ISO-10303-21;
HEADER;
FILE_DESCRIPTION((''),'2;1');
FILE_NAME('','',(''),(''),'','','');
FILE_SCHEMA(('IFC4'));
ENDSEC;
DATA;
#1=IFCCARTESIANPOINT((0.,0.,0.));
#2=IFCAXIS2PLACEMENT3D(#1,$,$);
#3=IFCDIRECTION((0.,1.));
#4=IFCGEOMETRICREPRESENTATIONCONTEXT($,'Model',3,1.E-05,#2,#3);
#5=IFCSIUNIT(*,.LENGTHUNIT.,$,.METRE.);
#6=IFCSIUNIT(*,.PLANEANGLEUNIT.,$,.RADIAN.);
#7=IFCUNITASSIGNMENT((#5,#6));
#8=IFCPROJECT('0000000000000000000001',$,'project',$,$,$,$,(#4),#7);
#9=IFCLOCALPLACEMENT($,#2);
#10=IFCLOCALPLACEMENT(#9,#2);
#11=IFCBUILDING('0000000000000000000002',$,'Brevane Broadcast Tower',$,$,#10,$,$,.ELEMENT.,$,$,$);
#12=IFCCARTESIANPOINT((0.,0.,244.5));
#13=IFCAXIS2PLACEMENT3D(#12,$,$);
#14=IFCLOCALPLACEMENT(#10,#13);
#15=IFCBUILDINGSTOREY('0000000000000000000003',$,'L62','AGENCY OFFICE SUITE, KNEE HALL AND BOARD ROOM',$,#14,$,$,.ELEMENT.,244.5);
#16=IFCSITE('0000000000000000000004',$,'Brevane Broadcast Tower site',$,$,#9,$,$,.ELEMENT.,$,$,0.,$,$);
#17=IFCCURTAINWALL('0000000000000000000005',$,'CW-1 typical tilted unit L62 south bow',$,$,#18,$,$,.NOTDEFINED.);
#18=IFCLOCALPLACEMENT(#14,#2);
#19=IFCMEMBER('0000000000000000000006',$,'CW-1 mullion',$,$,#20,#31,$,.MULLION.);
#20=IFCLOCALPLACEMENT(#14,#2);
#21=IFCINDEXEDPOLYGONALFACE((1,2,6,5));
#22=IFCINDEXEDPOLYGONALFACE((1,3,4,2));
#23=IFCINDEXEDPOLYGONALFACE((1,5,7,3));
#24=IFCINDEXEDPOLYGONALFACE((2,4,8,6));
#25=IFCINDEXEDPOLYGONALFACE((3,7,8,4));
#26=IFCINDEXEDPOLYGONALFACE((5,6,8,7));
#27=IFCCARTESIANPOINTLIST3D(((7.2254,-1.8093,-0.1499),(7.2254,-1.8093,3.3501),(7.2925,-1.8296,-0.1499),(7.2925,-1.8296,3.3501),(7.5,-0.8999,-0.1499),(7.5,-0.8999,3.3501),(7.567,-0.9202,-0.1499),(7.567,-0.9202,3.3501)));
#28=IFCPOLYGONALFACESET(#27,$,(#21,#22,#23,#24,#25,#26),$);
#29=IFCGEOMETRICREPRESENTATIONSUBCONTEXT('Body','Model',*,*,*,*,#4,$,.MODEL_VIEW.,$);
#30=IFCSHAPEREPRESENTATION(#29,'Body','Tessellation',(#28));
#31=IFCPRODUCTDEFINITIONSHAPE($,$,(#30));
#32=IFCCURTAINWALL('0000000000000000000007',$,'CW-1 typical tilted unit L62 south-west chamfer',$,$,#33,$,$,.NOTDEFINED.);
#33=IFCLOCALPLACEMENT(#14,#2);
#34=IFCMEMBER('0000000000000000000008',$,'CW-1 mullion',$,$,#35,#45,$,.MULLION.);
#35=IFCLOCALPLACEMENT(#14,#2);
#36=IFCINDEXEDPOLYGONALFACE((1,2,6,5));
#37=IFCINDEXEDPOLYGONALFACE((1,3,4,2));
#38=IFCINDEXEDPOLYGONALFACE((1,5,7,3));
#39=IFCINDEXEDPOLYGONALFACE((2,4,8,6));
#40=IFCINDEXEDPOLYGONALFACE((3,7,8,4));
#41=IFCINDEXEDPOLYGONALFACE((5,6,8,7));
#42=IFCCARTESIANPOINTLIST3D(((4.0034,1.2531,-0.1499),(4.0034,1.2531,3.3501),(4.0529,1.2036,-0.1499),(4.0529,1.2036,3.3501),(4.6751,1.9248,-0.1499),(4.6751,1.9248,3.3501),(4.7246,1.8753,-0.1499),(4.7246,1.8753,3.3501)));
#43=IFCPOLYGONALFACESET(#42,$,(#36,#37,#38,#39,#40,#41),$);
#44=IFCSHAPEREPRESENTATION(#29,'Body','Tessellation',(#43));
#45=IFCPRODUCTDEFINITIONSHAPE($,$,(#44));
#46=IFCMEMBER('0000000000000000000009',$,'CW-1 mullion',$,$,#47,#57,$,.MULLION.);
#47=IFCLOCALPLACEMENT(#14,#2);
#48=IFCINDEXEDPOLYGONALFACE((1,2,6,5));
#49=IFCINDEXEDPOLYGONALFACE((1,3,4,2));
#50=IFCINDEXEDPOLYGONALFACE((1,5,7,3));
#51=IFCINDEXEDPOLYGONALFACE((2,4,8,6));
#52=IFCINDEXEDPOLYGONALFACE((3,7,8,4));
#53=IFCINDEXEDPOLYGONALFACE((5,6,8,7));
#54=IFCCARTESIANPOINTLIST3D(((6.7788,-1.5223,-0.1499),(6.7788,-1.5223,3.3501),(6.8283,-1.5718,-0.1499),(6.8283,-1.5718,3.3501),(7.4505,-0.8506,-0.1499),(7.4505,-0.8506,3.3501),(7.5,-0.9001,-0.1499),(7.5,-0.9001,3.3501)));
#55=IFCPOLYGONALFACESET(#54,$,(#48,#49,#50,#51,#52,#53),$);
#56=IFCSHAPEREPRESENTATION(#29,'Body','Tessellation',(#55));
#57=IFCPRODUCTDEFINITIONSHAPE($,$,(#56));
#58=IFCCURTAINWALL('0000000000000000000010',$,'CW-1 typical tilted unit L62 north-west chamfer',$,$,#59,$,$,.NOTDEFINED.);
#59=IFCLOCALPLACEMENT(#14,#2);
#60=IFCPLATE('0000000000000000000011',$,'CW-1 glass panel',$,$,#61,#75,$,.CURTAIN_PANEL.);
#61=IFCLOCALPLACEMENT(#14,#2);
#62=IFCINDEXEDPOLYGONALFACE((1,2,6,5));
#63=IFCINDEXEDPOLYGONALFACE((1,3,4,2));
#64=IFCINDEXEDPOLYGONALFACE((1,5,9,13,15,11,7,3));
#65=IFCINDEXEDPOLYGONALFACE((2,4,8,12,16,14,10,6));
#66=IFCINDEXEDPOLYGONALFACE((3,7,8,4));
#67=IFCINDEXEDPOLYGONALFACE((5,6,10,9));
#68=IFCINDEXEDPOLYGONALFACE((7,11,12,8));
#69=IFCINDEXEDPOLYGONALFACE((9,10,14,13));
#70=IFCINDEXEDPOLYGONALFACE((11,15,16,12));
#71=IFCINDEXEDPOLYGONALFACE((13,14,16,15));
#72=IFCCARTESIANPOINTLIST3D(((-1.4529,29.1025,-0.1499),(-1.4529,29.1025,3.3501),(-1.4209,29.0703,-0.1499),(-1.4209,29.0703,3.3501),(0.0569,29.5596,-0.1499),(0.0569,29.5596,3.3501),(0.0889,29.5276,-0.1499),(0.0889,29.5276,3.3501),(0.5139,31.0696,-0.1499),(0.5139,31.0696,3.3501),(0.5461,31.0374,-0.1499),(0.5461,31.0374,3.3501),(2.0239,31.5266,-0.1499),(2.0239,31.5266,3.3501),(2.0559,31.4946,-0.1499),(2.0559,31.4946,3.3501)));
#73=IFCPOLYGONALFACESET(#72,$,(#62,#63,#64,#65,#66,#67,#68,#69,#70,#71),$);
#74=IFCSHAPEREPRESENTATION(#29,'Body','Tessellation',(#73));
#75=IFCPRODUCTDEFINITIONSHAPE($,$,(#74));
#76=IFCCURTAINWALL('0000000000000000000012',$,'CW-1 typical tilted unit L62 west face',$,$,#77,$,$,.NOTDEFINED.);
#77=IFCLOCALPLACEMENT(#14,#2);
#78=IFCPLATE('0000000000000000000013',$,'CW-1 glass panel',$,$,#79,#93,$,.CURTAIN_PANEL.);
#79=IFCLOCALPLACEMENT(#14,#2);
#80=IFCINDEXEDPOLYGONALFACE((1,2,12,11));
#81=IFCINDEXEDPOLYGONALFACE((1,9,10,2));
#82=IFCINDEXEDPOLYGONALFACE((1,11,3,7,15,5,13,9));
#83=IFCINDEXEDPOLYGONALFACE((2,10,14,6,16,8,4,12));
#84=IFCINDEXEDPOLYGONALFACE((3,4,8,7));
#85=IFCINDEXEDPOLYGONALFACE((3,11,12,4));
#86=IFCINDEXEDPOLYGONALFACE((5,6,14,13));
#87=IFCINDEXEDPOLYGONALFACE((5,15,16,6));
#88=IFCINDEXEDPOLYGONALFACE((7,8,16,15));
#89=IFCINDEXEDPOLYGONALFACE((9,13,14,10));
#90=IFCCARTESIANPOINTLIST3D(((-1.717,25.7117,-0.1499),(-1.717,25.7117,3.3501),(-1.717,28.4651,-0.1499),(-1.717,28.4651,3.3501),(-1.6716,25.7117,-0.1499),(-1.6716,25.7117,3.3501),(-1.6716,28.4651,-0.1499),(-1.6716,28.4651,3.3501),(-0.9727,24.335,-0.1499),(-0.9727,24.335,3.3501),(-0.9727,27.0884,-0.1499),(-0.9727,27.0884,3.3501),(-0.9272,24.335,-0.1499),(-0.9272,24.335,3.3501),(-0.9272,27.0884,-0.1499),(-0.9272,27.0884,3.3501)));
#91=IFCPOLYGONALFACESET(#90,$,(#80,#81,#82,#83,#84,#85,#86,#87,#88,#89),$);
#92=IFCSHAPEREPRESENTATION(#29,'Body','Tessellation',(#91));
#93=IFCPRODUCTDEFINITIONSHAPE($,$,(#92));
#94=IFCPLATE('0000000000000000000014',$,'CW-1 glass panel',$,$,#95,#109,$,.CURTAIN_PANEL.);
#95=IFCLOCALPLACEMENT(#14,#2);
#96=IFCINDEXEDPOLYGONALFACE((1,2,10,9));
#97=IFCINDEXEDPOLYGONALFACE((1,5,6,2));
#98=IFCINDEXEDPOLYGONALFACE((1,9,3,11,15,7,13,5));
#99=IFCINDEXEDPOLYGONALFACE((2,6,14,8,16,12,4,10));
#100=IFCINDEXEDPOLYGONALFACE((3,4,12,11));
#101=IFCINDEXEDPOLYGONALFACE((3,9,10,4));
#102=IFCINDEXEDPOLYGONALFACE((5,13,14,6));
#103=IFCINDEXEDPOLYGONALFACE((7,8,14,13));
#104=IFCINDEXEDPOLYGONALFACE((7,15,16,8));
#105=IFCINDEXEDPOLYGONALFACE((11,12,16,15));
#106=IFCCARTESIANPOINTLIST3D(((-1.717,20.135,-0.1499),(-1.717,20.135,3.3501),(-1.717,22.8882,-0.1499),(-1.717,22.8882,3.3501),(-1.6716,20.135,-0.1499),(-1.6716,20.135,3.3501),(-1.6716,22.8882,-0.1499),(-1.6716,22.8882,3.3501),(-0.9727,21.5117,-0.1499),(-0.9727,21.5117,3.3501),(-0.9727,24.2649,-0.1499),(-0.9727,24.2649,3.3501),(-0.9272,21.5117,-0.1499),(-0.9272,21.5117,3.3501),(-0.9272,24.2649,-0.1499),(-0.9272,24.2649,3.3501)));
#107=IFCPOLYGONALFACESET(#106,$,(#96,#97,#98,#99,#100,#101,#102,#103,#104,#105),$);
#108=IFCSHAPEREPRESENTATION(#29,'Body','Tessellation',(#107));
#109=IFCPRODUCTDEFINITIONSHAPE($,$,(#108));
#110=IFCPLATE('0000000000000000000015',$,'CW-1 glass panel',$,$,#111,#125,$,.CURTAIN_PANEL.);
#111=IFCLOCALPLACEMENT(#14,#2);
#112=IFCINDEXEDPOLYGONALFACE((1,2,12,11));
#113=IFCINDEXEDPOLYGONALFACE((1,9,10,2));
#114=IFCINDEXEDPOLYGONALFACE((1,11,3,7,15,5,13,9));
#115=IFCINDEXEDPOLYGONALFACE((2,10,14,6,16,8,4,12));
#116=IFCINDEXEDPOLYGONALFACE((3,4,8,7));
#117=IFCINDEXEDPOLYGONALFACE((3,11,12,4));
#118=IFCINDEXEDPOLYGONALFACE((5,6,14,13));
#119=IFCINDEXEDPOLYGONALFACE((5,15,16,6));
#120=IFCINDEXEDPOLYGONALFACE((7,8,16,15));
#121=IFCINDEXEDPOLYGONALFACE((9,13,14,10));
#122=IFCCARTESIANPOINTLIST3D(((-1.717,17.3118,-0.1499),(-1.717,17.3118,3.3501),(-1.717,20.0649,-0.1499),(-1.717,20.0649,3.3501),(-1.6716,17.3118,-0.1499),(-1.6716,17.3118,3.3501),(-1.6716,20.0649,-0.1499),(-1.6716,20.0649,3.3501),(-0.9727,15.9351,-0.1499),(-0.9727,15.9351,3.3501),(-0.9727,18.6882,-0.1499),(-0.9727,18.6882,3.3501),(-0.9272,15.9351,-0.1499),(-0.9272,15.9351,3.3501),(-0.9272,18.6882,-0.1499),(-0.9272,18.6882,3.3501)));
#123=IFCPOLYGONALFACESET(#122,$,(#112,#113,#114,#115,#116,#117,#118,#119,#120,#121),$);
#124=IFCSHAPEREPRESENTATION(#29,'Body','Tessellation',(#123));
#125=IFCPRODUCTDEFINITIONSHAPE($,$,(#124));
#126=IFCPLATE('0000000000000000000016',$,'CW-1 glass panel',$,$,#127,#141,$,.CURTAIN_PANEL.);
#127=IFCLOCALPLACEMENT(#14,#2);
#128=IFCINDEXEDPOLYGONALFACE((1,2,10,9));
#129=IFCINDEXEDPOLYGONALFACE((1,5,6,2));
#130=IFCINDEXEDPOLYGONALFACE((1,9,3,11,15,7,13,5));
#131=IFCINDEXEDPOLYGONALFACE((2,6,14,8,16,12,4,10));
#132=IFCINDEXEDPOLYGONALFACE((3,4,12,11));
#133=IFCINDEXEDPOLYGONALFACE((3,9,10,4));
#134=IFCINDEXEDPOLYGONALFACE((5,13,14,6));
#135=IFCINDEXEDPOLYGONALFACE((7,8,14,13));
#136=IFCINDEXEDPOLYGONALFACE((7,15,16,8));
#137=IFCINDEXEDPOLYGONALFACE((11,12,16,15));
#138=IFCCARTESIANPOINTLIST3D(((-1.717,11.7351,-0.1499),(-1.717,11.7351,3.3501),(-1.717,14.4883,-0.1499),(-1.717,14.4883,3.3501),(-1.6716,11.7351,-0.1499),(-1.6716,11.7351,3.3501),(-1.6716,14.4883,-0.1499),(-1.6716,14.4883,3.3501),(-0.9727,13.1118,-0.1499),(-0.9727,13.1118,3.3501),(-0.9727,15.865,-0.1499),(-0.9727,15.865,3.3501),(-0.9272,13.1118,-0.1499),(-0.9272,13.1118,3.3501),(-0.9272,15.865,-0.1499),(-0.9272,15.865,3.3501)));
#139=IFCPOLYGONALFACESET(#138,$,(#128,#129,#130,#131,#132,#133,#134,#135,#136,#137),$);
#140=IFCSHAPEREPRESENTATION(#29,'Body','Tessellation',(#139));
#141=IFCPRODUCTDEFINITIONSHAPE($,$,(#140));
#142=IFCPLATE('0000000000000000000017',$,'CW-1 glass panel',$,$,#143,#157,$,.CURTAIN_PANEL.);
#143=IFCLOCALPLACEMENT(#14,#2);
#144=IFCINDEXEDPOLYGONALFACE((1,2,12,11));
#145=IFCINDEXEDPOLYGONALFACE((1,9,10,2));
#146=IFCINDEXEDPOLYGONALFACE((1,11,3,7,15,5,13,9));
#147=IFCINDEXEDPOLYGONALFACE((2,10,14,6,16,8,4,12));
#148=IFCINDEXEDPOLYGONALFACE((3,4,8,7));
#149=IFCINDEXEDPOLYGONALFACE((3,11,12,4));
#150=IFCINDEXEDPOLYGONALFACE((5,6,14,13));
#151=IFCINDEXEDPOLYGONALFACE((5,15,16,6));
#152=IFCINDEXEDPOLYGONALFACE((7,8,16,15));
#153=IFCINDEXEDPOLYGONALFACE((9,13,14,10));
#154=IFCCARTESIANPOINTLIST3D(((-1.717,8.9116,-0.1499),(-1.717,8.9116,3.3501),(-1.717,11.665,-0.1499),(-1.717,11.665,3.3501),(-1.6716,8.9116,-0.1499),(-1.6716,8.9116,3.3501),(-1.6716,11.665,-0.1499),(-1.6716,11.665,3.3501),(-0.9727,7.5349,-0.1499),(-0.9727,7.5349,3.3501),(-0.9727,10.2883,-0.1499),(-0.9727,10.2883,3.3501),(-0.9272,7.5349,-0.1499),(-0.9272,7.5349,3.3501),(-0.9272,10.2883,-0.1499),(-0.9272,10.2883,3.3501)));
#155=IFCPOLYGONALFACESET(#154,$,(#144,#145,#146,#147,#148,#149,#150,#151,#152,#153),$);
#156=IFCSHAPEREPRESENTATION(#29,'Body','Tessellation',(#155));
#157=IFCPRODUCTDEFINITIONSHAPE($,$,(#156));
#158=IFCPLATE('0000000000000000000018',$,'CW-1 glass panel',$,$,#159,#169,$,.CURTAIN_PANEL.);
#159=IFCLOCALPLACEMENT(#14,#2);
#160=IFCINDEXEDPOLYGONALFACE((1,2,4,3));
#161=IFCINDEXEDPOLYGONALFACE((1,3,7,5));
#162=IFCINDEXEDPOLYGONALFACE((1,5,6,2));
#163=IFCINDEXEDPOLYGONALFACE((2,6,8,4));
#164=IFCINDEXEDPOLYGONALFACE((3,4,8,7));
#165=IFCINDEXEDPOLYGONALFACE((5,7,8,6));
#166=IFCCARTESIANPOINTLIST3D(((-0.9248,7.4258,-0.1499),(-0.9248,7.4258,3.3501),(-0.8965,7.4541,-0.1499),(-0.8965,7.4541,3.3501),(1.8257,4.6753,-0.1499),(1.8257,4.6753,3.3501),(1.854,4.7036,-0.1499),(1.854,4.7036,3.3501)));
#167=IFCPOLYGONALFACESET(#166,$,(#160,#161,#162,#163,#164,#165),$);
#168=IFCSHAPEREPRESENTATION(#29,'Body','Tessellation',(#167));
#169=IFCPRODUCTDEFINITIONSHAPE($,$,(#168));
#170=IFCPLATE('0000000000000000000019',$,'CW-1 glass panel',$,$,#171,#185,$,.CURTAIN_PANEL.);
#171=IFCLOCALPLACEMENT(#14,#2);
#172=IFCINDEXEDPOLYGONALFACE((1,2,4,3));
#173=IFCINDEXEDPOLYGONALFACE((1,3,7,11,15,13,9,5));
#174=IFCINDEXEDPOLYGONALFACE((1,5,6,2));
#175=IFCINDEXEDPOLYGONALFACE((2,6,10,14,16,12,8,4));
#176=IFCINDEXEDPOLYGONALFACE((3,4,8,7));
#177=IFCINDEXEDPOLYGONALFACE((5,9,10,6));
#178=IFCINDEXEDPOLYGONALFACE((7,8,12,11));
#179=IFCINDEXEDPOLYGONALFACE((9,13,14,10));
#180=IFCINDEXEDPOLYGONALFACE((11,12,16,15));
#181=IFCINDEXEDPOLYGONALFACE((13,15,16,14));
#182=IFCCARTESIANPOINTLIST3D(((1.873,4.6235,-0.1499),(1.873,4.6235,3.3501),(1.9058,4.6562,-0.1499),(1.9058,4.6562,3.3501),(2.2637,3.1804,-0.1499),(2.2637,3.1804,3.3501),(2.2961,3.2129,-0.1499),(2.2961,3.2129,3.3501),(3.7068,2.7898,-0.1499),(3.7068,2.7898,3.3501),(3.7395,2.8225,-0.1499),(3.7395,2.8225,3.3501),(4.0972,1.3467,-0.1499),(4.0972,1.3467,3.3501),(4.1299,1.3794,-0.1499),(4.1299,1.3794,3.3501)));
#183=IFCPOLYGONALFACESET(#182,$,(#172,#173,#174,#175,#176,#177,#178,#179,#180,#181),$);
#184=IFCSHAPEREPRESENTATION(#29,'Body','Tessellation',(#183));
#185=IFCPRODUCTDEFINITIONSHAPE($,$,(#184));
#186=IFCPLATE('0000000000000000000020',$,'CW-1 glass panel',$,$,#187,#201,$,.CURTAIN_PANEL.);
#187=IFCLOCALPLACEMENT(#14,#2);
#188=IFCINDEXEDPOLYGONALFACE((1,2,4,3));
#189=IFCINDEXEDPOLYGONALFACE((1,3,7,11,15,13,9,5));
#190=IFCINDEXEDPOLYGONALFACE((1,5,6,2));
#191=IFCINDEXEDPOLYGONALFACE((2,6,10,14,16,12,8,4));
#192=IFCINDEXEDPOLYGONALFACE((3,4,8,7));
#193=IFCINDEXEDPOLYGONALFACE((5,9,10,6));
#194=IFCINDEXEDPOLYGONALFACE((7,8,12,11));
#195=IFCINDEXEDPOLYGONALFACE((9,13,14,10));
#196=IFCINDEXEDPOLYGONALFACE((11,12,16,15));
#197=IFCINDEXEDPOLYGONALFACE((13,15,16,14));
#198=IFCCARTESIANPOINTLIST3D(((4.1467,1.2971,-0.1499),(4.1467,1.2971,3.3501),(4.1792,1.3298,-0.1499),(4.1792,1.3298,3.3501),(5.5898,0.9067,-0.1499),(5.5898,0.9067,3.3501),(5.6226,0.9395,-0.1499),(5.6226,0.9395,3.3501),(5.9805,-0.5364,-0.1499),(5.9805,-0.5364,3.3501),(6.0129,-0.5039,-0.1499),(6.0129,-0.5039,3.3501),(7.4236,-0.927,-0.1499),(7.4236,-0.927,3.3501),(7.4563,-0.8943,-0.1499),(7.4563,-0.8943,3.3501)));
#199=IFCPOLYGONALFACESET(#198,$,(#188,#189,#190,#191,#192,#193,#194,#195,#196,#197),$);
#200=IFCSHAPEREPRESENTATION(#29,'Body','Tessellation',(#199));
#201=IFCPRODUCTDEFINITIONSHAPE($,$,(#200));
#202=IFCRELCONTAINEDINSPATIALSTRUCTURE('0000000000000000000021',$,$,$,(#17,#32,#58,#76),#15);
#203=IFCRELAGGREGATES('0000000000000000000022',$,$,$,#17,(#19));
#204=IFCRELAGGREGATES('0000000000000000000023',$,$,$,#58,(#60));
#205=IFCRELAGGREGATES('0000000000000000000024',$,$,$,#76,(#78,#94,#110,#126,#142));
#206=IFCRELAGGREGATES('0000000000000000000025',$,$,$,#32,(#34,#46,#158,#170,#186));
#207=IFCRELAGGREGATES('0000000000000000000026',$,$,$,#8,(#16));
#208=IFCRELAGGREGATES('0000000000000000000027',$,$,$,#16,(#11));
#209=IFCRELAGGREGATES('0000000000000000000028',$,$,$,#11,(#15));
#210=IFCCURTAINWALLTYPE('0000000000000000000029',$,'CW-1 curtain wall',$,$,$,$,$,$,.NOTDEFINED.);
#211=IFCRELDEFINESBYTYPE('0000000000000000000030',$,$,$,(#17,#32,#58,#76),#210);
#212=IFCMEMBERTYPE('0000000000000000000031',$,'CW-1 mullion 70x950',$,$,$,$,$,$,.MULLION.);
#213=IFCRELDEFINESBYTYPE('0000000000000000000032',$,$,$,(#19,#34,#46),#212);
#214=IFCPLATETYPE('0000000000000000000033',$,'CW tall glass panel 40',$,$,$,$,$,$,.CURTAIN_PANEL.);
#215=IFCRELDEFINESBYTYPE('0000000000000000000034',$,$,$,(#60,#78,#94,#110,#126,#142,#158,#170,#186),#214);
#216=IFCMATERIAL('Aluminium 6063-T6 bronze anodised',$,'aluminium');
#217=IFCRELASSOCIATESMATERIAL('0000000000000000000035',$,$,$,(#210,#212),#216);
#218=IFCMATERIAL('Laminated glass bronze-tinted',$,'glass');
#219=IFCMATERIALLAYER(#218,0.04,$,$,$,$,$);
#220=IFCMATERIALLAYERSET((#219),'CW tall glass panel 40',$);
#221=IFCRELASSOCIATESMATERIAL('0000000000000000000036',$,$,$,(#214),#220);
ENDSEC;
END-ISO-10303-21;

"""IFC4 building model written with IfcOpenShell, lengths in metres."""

from ifc_helpers import new_model, si_unit, direction, frame, origin, origin_2d, place, context, subcontext, project, spatial, polyline, rectangle, outline, extrude, material, layer, layer_set, material_profile, profile_set, type_object, element, aggregate, save


model = new_model("IFC4")

# Units and contexts
model_context = context("Model", 3, precision=1e-05, world=origin(), true_north=direction((0.0, 1.0)))
body_context = subcontext(model_context, "Body", "Model", "MODEL_VIEW")
ifc_project = project(units=[si_unit("LENGTHUNIT", "METRE"), si_unit("PLANEANGLEUNIT", "RADIAN")], contexts=[model_context])

# Site, building, storey
site_placement = place(None, origin())
site = spatial("IfcSite", under=ifc_project, at=site_placement, Name="Brevane Broadcast Tower site", CompositionType="ELEMENT", RefElevation=0.0)
building_placement = place(site_placement, origin())
building = spatial("IfcBuilding", under=site, at=building_placement, Name="Brevane Broadcast Tower", CompositionType="ELEMENT")
storey_placement = place(building_placement, frame((0.0, 0.0, 244.5)))
storey = spatial("IfcBuildingStorey", under=building, at=storey_placement, Name="L62", Description="AGENCY OFFICE SUITE, KNEE HALL AND BOARD ROOM", CompositionType="ELEMENT", Elevation=244.5)

# Curtain wall, member
ifc_material_1 = material(Name="Aluminium 6063-T6 bronze anodised", Category="aluminium")
curtain_wall_type = type_object("IfcCurtainWallType", Name="CW-1 curtain wall", PredefinedType="NOTDEFINED", material=ifc_material_1)
curtain_wall_1_placement = place(storey_placement, origin())
curtain_wall_1 = element("IfcCurtainWall", 1, at=curtain_wall_1_placement, inside=storey, type_object=curtain_wall_type, Name="CW-1 typical tilted unit L62 south bow", PredefinedType="NOTDEFINED")
ifc_material_profile = material_profile(ifc_material_1, rectangle(XDim=0.95, YDim=0.0701, at=origin_2d()), Name="RECT 70x950")
ifc_profile_set = profile_set([ifc_material_profile], Name="Aluminium 6063-T6 bronze anodised")
member_type = type_object("IfcMemberType", Name="CW-1 mullion 70x950", PredefinedType="MULLION", material=ifc_profile_set)
member_1_placement = place(storey_placement, frame((7.3962, -1.3647, -0.1499), z_axis=(0.0, 0.0, 1.0), x_axis=(0.288968, 0.957339, 0.0)))
member_1 = element("IfcMember", 2, at=member_1_placement, type_object=member_type, Name="CW-1 mullion", PredefinedType="MULLION", context=body_context, shape_type="SweptSolid", body=[
    extrude(rectangle(XDim=0.95, YDim=0.0701, at=origin_2d()), origin(), (0.0, 0.0, 1.0), 3.5),
])
aggregate(curtain_wall_1, [member_1])

# Curtain wall, members
curtain_wall_2_placement = place(storey_placement, origin())
curtain_wall_2 = element("IfcCurtainWall", 3, at=curtain_wall_2_placement, inside=storey, type_object=curtain_wall_type, Name="CW-1 typical tilted unit L62 south-west chamfer", PredefinedType="NOTDEFINED")
member_2_placement = place(storey_placement, frame((4.364, 1.5642, -0.1499), z_axis=(0.0, 0.0, 1.0), x_axis=(0.707107, 0.707107, 0.0)))
member_2 = element("IfcMember", 4, at=member_2_placement, type_object=member_type, Name="CW-1 mullion", PredefinedType="MULLION", context=body_context, shape_type="SweptSolid", body=[
    extrude(rectangle(XDim=0.95, YDim=0.0701, at=origin_2d()), origin(), (0.0, 0.0, 1.0), 3.5),
])
member_3_placement = place(storey_placement, frame((7.1394, -1.2112, -0.1499), z_axis=(0.0, 0.0, 1.0), x_axis=(0.707107, 0.707107, 0.0)))
member_3 = element("IfcMember", 5, at=member_3_placement, type_object=member_type, Name="CW-1 mullion", PredefinedType="MULLION", context=body_context, shape_type="SweptSolid", body=[
    extrude(rectangle(XDim=0.95, YDim=0.0701, at=origin_2d()), origin(), (0.0, 0.0, 1.0), 3.5),
])

# Curtain wall, plate
curtain_wall_3_placement = place(storey_placement, origin())
curtain_wall_3 = element("IfcCurtainWall", 6, at=curtain_wall_3_placement, inside=storey, type_object=curtain_wall_type, Name="CW-1 typical tilted unit L62 north-west chamfer", PredefinedType="NOTDEFINED")
ifc_material_2 = material(Name="Laminated glass bronze-tinted", Category="glass")
ifc_layer_1 = layer(ifc_material_2, 0.04)
ifc_layer_set_1 = layer_set([ifc_layer_1], Name="CW tall glass panel 40")
plate_type = type_object("IfcPlateType", Name="CW tall glass panel 40", PredefinedType="CURTAIN_PANEL", material=ifc_layer_set_1)
plate_1_placement = place(storey_placement, frame((0.0, 0.0, -0.1499)))
plate_1 = element("IfcPlate", 7, at=plate_1_placement, type_object=plate_type, Name="CW-1 glass panel", PredefinedType="CURTAIN_PANEL", context=body_context, shape_type="SweptSolid", body=[
    extrude(outline(polyline([(2.0559, 31.4946), (2.0239, 31.5266), (0.5139, 31.0696), (0.0569, 29.5596), (-1.4529, 29.1025), (-1.4209, 29.0703), (0.0889, 29.5276), (0.5461, 31.0374), (2.0559, 31.4946)])), origin(), (0.0, 0.0, 1.0), 3.5),
])
aggregate(curtain_wall_3, [plate_1])

# Curtain wall, plates
curtain_wall_4_placement = place(storey_placement, origin())
curtain_wall_4 = element("IfcCurtainWall", 8, at=curtain_wall_4_placement, inside=storey, type_object=curtain_wall_type, Name="CW-1 typical tilted unit L62 west face", PredefinedType="NOTDEFINED")
plate_2_placement = place(storey_placement, frame((0.0, 0.0, -0.1499)))
plate_2 = element("IfcPlate", 9, at=plate_2_placement, type_object=plate_type, Name="CW-1 glass panel", PredefinedType="CURTAIN_PANEL", context=body_context, shape_type="SweptSolid", body=[
    extrude(outline(polyline([(-1.6716, 28.4651), (-1.717, 28.4651), (-0.9727, 27.0884), (-1.717, 25.7117), (-0.9727, 24.335), (-0.9272, 24.335), (-1.6716, 25.7117), (-0.9272, 27.0884), (-1.6716, 28.4651)])), origin(), (0.0, 0.0, 1.0), 3.5),
])
plate_3_placement = place(storey_placement, frame((0.0, 0.0, -0.1499)))
plate_3 = element("IfcPlate", 10, at=plate_3_placement, type_object=plate_type, Name="CW-1 glass panel", PredefinedType="CURTAIN_PANEL", context=body_context, shape_type="SweptSolid", body=[
    extrude(outline(polyline([(-0.9272, 24.2649), (-0.9727, 24.2649), (-1.717, 22.8882), (-0.9727, 21.5117), (-1.717, 20.135), (-1.6716, 20.135), (-0.9272, 21.5117), (-1.6716, 22.8882), (-0.9272, 24.2649)])), origin(), (0.0, 0.0, 1.0), 3.5),
])
plate_4_placement = place(storey_placement, frame((0.0, 0.0, -0.1499)))
plate_4 = element("IfcPlate", 11, at=plate_4_placement, type_object=plate_type, Name="CW-1 glass panel", PredefinedType="CURTAIN_PANEL", context=body_context, shape_type="SweptSolid", body=[
    extrude(outline(polyline([(-1.6716, 20.0649), (-1.717, 20.0649), (-0.9727, 18.6882), (-1.717, 17.3118), (-0.9727, 15.9351), (-0.9272, 15.9351), (-1.6716, 17.3118), (-0.9272, 18.6882), (-1.6716, 20.0649)])), origin(), (0.0, 0.0, 1.0), 3.5),
])
plate_5_placement = place(storey_placement, frame((0.0, 0.0, -0.1499)))
plate_5 = element("IfcPlate", 12, at=plate_5_placement, type_object=plate_type, Name="CW-1 glass panel", PredefinedType="CURTAIN_PANEL", context=body_context, shape_type="SweptSolid", body=[
    extrude(outline(polyline([(-0.9272, 15.865), (-0.9727, 15.865), (-1.717, 14.4883), (-0.9727, 13.1118), (-1.717, 11.7351), (-1.6716, 11.7351), (-0.9272, 13.1118), (-1.6716, 14.4883), (-0.9272, 15.865)])), origin(), (0.0, 0.0, 1.0), 3.5),
])
plate_6_placement = place(storey_placement, frame((0.0, 0.0, -0.1499)))
plate_6 = element("IfcPlate", 13, at=plate_6_placement, type_object=plate_type, Name="CW-1 glass panel", PredefinedType="CURTAIN_PANEL", context=body_context, shape_type="SweptSolid", body=[
    extrude(outline(polyline([(-1.6716, 11.665), (-1.717, 11.665), (-0.9727, 10.2883), (-1.717, 8.9116), (-0.9727, 7.5349), (-0.9272, 7.5349), (-1.6716, 8.9116), (-0.9272, 10.2883), (-1.6716, 11.665)])), origin(), (0.0, 0.0, 1.0), 3.5),
])
aggregate(curtain_wall_4, [plate_2, plate_3, plate_4, plate_5, plate_6])

# Plates
plate_7_placement = place(storey_placement, frame((0.0, 0.0, -0.1499)))
plate_7 = element("IfcPlate", 14, at=plate_7_placement, type_object=plate_type, Name="CW-1 glass panel", PredefinedType="CURTAIN_PANEL", context=body_context, shape_type="SweptSolid", body=[
    extrude(outline(polyline([(-0.8965, 7.4541), (1.854, 4.7036), (1.8257, 4.6753), (-0.9248, 7.4258), (-0.8965, 7.4541)])), origin(), (0.0, 0.0, 1.0), 3.5),
])
plate_8_placement = place(storey_placement, frame((0.0, 0.0, -0.1499)))
plate_8 = element("IfcPlate", 15, at=plate_8_placement, type_object=plate_type, Name="CW-1 glass panel", PredefinedType="CURTAIN_PANEL", context=body_context, shape_type="SweptSolid", body=[
    extrude(outline(polyline([(1.9058, 4.6562), (1.873, 4.6235), (2.2637, 3.1804), (3.7068, 2.7898), (4.0972, 1.3467), (4.1299, 1.3794), (3.7395, 2.8225), (2.2961, 3.2129), (1.9058, 4.6562)])), origin(), (0.0, 0.0, 1.0), 3.5),
])
plate_9_placement = place(storey_placement, frame((0.0, 0.0, -0.1499)))
plate_9 = element("IfcPlate", 16, at=plate_9_placement, type_object=plate_type, Name="CW-1 glass panel", PredefinedType="CURTAIN_PANEL", context=body_context, shape_type="SweptSolid", body=[
    extrude(outline(polyline([(4.1792, 1.3298), (4.1467, 1.2971), (5.5898, 0.9067), (5.9805, -0.5364), (7.4236, -0.927), (7.4563, -0.8943), (6.0129, -0.5039), (5.6226, 0.9395), (4.1792, 1.3298)])), origin(), (0.0, 0.0, 1.0), 3.5),
])
aggregate(curtain_wall_2, [member_2, member_3, plate_7, plate_8, plate_9])

save(model, "model.ifc")
